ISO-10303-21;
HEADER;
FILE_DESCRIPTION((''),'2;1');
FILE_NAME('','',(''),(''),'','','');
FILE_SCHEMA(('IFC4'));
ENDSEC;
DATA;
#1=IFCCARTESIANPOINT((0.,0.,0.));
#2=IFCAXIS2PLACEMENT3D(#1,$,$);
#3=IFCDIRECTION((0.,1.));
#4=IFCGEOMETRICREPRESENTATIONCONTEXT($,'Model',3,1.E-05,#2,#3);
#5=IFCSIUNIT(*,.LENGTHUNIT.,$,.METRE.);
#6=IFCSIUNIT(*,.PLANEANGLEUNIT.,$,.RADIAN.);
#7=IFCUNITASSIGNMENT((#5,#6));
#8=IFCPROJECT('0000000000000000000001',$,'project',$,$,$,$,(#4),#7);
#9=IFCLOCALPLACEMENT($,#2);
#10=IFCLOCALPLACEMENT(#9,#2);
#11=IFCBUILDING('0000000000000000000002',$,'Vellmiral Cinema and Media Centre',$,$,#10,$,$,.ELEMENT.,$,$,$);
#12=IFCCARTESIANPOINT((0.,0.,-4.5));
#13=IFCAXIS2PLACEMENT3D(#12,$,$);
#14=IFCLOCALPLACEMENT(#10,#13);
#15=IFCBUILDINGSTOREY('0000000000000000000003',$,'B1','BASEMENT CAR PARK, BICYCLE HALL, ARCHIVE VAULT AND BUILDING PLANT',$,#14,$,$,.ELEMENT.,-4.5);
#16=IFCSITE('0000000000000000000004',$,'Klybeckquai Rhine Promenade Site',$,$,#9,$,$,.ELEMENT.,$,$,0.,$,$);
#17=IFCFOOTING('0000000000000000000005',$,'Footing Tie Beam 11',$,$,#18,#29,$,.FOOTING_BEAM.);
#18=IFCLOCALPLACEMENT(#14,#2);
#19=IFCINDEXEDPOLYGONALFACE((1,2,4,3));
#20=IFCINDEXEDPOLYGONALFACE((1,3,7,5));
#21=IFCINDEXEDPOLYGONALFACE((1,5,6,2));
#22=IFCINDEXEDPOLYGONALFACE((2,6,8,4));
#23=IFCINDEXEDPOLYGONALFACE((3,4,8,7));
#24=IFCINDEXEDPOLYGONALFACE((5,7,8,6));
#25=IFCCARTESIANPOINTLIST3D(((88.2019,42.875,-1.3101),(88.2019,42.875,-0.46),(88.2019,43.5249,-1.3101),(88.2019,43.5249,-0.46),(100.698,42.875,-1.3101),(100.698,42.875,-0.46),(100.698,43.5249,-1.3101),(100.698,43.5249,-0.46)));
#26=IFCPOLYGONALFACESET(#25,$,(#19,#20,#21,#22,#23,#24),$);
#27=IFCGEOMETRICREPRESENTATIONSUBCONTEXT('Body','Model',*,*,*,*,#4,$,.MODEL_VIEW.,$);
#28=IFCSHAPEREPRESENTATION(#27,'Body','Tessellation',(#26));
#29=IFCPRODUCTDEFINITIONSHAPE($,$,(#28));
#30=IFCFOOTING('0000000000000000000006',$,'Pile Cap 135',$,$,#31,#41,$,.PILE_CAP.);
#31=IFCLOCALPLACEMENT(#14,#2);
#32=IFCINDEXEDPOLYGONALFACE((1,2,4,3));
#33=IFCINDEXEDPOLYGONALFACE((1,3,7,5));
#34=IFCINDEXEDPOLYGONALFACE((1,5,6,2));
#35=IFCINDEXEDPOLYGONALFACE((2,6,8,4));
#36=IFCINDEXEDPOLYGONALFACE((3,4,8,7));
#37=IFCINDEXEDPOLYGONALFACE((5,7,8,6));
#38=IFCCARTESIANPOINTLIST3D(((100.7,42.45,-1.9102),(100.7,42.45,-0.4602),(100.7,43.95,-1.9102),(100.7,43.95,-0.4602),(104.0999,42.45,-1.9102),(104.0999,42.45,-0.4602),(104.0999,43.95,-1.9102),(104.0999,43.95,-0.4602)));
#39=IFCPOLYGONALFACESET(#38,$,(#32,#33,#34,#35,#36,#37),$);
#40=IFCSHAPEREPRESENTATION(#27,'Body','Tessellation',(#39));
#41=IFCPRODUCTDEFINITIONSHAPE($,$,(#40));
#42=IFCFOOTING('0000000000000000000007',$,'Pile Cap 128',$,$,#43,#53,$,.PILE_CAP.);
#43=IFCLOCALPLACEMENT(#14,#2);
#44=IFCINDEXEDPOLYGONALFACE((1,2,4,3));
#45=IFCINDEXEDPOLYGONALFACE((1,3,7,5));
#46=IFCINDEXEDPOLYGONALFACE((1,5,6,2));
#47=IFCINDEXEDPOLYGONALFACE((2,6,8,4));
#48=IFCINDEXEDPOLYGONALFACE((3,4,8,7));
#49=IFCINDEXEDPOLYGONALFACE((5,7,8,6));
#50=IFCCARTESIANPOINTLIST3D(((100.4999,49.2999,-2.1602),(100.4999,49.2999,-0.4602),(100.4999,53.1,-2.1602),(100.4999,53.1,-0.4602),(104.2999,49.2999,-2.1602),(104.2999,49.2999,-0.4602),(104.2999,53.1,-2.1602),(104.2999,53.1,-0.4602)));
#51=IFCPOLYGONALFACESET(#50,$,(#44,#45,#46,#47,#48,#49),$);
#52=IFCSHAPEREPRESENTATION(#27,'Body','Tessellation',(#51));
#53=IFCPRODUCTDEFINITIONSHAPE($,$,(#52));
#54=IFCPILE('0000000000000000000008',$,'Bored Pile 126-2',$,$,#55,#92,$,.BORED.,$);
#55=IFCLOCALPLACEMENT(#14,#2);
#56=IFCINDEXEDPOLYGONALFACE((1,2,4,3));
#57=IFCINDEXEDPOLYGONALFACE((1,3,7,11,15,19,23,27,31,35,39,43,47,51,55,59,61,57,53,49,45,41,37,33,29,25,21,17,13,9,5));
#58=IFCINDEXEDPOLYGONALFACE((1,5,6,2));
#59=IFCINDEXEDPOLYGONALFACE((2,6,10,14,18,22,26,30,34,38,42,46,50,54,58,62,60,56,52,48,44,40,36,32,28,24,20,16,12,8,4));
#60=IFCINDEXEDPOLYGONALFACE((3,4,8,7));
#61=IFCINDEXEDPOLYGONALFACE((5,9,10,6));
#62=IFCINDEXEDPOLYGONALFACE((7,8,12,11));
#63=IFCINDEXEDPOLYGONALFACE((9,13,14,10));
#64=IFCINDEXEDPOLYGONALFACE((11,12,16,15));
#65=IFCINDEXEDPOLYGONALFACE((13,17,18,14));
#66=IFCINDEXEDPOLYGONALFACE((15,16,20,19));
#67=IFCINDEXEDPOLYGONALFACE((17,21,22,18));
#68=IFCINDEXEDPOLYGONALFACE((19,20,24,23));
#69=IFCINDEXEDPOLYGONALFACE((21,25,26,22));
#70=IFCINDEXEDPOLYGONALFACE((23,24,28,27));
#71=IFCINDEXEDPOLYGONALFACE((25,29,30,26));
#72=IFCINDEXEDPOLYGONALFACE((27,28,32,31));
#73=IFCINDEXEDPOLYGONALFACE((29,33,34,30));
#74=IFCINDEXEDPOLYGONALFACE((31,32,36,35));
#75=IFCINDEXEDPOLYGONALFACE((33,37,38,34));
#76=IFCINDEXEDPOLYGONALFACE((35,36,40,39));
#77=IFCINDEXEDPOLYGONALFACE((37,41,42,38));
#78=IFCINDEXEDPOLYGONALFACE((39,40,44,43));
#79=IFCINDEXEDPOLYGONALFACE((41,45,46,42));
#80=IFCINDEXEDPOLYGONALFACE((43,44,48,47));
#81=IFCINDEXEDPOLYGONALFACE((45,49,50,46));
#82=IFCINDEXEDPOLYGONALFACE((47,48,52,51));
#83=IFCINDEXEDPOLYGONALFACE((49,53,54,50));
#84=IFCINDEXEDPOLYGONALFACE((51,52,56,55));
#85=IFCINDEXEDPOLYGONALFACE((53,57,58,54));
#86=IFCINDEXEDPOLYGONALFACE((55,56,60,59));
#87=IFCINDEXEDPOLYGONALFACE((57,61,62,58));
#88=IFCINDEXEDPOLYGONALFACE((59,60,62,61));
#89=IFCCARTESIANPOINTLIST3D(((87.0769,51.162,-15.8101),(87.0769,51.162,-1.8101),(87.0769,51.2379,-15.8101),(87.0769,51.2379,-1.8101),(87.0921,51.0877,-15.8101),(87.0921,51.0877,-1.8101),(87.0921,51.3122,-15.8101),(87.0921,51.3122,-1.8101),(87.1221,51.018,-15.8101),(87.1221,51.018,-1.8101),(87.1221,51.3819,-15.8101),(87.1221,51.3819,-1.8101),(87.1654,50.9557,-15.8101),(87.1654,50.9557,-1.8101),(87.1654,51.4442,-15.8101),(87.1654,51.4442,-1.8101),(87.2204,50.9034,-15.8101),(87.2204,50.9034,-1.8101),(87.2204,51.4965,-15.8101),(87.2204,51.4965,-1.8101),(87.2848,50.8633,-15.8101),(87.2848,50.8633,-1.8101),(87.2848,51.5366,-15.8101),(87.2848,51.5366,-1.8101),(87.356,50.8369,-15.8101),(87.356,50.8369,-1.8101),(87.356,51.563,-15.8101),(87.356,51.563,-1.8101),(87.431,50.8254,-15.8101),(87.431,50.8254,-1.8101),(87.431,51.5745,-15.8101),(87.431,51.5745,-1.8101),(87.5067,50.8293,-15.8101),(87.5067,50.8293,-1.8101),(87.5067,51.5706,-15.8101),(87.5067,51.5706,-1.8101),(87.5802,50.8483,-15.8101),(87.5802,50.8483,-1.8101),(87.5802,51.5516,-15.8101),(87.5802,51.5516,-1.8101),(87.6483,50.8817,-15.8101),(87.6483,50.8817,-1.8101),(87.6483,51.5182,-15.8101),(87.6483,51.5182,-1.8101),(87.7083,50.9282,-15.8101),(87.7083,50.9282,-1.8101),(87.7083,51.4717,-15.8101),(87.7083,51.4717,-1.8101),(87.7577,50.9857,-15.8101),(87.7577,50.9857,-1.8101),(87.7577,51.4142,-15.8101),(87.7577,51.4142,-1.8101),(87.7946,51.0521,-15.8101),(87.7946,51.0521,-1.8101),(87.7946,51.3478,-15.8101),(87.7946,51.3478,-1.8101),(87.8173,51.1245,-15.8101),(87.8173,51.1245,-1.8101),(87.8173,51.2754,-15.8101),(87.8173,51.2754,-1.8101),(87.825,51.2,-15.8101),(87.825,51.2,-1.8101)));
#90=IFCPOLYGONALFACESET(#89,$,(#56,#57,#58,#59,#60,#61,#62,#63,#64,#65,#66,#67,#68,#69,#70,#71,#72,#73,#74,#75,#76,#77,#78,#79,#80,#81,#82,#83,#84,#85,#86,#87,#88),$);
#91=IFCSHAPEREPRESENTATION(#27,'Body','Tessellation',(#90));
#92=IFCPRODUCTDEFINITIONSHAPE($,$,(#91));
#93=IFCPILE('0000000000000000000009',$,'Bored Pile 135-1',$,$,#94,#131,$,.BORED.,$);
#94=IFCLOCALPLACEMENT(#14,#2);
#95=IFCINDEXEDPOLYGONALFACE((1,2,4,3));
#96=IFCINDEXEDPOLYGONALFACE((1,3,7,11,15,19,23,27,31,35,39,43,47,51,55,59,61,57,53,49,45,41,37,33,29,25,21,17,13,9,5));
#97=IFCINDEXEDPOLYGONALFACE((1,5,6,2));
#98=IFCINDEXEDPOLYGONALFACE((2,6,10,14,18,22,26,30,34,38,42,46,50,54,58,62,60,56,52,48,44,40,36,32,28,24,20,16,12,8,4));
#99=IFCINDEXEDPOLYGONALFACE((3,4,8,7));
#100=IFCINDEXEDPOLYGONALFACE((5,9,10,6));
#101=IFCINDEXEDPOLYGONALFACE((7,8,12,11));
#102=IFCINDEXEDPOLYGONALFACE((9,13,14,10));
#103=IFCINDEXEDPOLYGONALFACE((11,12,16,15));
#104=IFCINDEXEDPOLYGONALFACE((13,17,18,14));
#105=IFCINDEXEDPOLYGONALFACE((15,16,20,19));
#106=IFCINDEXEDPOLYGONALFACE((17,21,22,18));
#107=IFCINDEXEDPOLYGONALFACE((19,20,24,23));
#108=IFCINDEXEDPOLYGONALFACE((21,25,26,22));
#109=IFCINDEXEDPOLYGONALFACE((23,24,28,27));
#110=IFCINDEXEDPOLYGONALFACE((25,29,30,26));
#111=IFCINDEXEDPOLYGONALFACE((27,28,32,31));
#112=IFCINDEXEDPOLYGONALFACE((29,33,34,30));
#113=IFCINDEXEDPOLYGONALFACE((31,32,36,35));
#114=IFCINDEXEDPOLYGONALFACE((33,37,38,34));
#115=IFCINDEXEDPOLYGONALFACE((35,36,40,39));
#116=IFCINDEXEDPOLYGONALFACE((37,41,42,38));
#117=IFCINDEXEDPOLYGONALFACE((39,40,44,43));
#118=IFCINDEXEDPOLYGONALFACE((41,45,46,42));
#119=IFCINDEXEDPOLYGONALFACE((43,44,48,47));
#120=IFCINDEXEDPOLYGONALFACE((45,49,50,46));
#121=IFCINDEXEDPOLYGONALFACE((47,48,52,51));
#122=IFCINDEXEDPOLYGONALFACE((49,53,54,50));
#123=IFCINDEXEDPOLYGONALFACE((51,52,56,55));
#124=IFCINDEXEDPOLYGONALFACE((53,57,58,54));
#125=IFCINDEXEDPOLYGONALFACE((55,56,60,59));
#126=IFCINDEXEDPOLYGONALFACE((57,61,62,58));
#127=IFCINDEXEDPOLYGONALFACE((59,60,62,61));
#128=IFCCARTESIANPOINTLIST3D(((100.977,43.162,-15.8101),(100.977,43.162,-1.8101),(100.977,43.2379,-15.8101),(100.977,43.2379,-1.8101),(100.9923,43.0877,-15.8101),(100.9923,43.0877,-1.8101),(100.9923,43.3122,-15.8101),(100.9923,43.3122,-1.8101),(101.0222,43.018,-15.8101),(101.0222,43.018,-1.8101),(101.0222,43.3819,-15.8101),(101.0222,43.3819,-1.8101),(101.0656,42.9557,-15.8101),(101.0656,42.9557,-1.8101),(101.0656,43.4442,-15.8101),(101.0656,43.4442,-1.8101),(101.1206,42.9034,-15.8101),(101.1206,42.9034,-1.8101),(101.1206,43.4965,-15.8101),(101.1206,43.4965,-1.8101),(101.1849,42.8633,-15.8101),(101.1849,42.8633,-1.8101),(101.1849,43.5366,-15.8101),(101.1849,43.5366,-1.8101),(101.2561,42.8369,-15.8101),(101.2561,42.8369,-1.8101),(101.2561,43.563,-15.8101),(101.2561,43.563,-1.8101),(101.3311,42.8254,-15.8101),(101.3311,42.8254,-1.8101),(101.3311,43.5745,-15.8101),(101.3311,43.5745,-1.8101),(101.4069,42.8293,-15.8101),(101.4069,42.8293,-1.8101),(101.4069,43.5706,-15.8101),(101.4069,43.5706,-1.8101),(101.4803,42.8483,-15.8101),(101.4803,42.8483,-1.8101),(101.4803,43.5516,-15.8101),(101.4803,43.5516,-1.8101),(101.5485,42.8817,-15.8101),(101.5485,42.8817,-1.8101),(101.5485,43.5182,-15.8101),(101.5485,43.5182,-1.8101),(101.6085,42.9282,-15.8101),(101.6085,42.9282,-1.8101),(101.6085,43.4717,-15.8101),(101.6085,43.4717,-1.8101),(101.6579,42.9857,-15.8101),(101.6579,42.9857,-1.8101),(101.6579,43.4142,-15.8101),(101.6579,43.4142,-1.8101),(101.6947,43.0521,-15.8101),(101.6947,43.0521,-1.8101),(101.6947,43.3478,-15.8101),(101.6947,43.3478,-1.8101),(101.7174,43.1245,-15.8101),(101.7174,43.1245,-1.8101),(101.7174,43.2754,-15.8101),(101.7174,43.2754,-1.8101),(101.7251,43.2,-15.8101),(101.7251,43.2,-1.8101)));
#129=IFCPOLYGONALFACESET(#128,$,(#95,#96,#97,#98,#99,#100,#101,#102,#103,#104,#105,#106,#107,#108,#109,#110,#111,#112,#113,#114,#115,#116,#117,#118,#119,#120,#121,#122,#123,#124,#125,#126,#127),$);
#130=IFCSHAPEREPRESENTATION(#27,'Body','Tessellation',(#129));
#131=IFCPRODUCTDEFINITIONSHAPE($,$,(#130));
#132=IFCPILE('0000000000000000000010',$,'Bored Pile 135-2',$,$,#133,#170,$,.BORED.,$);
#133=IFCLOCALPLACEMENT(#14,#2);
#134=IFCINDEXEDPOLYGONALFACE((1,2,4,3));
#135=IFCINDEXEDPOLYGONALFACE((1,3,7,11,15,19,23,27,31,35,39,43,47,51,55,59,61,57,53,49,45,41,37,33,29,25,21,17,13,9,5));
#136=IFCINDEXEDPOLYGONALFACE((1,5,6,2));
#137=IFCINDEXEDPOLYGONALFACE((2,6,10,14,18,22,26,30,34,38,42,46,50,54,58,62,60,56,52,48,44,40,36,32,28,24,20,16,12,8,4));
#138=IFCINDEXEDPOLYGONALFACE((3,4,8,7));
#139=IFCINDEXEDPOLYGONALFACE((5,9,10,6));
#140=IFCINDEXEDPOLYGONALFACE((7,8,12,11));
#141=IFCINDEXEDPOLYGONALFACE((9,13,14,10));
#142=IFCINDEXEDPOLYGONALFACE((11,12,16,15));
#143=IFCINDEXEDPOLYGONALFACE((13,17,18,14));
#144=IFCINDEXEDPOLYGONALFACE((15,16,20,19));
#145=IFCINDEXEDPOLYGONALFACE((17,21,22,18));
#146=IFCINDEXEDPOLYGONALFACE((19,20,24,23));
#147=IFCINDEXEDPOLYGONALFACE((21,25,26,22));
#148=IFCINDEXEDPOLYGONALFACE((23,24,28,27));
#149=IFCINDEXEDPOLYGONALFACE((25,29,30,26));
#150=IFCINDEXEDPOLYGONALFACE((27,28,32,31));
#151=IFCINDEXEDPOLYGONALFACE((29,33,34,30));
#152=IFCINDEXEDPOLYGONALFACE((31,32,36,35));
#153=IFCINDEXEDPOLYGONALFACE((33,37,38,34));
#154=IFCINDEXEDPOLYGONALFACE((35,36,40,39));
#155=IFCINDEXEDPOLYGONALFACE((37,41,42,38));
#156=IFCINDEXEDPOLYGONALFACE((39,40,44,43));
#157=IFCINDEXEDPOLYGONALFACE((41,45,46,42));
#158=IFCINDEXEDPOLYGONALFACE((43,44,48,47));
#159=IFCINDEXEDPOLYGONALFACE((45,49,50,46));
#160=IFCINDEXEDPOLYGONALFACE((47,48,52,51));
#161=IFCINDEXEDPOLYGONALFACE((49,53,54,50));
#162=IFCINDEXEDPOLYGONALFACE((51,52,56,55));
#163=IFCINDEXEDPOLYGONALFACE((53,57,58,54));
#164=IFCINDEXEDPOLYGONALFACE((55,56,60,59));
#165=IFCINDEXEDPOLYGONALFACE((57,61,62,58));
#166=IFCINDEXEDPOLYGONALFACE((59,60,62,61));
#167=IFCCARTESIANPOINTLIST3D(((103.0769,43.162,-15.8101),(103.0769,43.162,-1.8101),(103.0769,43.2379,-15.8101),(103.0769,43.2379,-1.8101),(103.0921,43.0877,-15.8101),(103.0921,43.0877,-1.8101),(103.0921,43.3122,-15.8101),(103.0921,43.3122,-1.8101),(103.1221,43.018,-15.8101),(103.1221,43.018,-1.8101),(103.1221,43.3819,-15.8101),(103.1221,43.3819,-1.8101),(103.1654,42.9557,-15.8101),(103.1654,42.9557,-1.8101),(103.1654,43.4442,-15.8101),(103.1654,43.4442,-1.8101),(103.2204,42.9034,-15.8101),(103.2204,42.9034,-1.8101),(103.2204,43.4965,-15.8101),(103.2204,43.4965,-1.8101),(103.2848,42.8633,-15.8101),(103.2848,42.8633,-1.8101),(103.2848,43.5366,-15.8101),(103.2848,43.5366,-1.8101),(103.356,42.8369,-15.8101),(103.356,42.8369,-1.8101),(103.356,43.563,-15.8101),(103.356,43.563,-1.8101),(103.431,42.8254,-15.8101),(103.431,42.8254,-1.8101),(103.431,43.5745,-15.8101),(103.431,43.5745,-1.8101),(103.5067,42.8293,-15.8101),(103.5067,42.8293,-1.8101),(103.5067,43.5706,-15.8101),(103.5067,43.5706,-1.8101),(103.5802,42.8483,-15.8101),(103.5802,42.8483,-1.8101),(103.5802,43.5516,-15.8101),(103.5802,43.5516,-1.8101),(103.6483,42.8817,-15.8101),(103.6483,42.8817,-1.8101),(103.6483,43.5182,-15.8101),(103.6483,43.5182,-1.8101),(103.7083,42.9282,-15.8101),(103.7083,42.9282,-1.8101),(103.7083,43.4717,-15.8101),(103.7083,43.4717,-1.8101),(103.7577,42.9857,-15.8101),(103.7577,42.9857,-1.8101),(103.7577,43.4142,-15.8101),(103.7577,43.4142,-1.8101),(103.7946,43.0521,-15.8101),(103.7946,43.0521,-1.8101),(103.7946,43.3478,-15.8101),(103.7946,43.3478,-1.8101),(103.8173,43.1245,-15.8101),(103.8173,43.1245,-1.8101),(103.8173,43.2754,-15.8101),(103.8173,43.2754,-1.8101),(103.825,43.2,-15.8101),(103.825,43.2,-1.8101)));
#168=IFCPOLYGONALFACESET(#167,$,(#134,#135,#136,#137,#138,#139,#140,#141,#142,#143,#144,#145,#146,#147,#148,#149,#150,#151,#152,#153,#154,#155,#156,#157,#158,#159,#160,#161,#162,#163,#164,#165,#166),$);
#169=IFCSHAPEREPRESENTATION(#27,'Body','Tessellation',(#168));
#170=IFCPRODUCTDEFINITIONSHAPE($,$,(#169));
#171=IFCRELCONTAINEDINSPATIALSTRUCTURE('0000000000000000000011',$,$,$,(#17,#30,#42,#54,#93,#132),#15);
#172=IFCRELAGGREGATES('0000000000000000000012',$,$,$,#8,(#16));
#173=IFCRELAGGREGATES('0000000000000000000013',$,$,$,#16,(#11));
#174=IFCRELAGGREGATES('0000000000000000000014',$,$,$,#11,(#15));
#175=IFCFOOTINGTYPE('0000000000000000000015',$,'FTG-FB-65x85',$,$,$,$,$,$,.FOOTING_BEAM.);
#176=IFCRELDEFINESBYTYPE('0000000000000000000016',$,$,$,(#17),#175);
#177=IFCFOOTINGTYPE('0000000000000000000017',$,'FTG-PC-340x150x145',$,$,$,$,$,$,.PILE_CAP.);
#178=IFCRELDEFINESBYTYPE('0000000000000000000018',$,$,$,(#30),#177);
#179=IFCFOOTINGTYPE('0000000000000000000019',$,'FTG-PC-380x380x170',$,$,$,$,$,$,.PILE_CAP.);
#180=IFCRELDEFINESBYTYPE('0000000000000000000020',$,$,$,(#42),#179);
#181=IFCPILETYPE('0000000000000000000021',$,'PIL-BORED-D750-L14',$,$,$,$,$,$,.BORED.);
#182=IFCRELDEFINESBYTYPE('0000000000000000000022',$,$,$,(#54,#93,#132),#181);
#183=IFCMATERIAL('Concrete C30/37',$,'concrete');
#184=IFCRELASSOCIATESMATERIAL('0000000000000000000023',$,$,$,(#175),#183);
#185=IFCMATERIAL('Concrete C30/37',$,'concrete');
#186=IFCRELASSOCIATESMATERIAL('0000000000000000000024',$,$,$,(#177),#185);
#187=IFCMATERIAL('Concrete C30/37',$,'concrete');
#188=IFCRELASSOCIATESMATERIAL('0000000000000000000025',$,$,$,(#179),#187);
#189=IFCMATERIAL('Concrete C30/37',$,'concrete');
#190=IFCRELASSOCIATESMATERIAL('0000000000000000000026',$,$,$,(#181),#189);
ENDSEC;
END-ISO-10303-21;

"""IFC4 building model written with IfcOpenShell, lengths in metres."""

from ifc_helpers import new_model, si_unit, direction, frame, origin, origin_2d, place, context, subcontext, project, spatial, rectangle, circle, extrude, material, material_profile, profile_set, type_object, element, save


model = new_model("IFC4")

# Units and contexts
model_context = context("Model", 3, precision=1e-05, world=origin(), true_north=direction((0.0, 1.0)))
body_context = subcontext(model_context, "Body", "Model", "MODEL_VIEW")
ifc_project = project(units=[si_unit("LENGTHUNIT", "METRE"), si_unit("PLANEANGLEUNIT", "RADIAN")], contexts=[model_context])

# Site, building, storey
site_placement = place(None, origin())
site = spatial("IfcSite", under=ifc_project, at=site_placement, Name="Klybeckquai Rhine Promenade Site", CompositionType="ELEMENT", RefElevation=0.0)
building_placement = place(site_placement, origin())
building = spatial("IfcBuilding", under=site, at=building_placement, Name="Vellmiral Cinema and Media Centre", CompositionType="ELEMENT")
storey_placement = place(building_placement, frame((0.0, 0.0, -4.5)))
storey = spatial("IfcBuildingStorey", under=building, at=storey_placement, Name="B1", Description="BASEMENT CAR PARK, BICYCLE HALL, ARCHIVE VAULT AND BUILDING PLANT", CompositionType="ELEMENT", Elevation=-4.5)

# Footings
ifc_material_1 = material(Name="Concrete C30/37", Category="concrete")
footing_type_1 = type_object("IfcFootingType", Name="FTG-FB-65x85", PredefinedType="FOOTING_BEAM", material=ifc_material_1)
footing_1_placement = place(storey_placement, frame((94.45, 43.2, -1.3101), z_axis=(0.0, 0.0, 1.0), x_axis=(1.0, 0.0, 0.0)))
element("IfcFooting", 1, at=footing_1_placement, inside=storey, type_object=footing_type_1, Name="Footing Tie Beam 11", PredefinedType="FOOTING_BEAM", context=body_context, shape_type="SweptSolid", body=[
    extrude(rectangle(XDim=12.4961, YDim=0.6499, at=origin_2d()), origin(), (0.0, 0.0, 1.0), 0.8501),
])
ifc_material_2 = material(Name="Concrete C30/37", Category="concrete")
footing_type_2 = type_object("IfcFootingType", Name="FTG-PC-340x150x145", PredefinedType="PILE_CAP", material=ifc_material_2)
footing_2_placement = place(storey_placement, frame((102.3999, 43.2, -1.9102), z_axis=(0.0, 0.0, 1.0), x_axis=(1.0, 0.0, 0.0)))
element("IfcFooting", 2, at=footing_2_placement, inside=storey, type_object=footing_type_2, Name="Pile Cap 135", PredefinedType="PILE_CAP", context=body_context, shape_type="SweptSolid", body=[
    extrude(rectangle(XDim=3.3999, YDim=1.5, at=origin_2d()), origin(), (0.0, 0.0, 1.0), 1.45),
])
ifc_material_3 = material(Name="Concrete C30/37", Category="concrete")
footing_type_3 = type_object("IfcFootingType", Name="FTG-PC-380x380x170", PredefinedType="PILE_CAP", material=ifc_material_3)
footing_3_placement = place(storey_placement, frame((102.3999, 51.2, -2.1602), z_axis=(0.0, 0.0, 1.0), x_axis=(1.0, 0.0, 0.0)))
element("IfcFooting", 3, at=footing_3_placement, inside=storey, type_object=footing_type_3, Name="Pile Cap 128", PredefinedType="PILE_CAP", context=body_context, shape_type="SweptSolid", body=[
    extrude(rectangle(XDim=3.8, YDim=3.8, at=origin_2d()), origin(), (0.0, 0.0, 1.0), 1.7),
])

# Piles
ifc_material_4 = material(Name="Concrete C30/37", Category="concrete")
ifc_material_profile_1 = material_profile(ifc_material_4, circle(Radius=0.375, at=origin_2d()), Name="PILE D750")
ifc_profile_set_1 = profile_set([ifc_material_profile_1], Name="Concrete C30/37")
pile_type_1 = type_object("IfcPileType", Name="PIL-BORED-D750-L14", PredefinedType="BORED", material=ifc_profile_set_1)
for number, where, z_axis, x_axis, name in (
    (4, (87.45, 51.2, -1.8101), (0.0, 0.0, -1.0), (1.0, 0.0, 0.0), "Bored Pile 126-2"),
    (5, (101.3501, 43.2, -1.8101), (0.0, 0.0, -1.0), (1.0, 0.0, 0.0), "Bored Pile 135-1"),
    (6, (103.45, 43.2, -1.8101), (0.0, 0.0, -1.0), (1.0, 0.0, 0.0), "Bored Pile 135-2"),
):
    element("IfcPile", number, at=place(storey_placement, frame(where, z_axis=z_axis, x_axis=x_axis)), inside=storey, type_object=pile_type_1, Name=name, PredefinedType="BORED", context=body_context, shape_type="SweptSolid", body=[
        extrude(circle(Radius=0.375, at=origin_2d()), origin(), (0.0, 0.0, 1.0), 14.0),
    ])

save(model, "model.ifc")
